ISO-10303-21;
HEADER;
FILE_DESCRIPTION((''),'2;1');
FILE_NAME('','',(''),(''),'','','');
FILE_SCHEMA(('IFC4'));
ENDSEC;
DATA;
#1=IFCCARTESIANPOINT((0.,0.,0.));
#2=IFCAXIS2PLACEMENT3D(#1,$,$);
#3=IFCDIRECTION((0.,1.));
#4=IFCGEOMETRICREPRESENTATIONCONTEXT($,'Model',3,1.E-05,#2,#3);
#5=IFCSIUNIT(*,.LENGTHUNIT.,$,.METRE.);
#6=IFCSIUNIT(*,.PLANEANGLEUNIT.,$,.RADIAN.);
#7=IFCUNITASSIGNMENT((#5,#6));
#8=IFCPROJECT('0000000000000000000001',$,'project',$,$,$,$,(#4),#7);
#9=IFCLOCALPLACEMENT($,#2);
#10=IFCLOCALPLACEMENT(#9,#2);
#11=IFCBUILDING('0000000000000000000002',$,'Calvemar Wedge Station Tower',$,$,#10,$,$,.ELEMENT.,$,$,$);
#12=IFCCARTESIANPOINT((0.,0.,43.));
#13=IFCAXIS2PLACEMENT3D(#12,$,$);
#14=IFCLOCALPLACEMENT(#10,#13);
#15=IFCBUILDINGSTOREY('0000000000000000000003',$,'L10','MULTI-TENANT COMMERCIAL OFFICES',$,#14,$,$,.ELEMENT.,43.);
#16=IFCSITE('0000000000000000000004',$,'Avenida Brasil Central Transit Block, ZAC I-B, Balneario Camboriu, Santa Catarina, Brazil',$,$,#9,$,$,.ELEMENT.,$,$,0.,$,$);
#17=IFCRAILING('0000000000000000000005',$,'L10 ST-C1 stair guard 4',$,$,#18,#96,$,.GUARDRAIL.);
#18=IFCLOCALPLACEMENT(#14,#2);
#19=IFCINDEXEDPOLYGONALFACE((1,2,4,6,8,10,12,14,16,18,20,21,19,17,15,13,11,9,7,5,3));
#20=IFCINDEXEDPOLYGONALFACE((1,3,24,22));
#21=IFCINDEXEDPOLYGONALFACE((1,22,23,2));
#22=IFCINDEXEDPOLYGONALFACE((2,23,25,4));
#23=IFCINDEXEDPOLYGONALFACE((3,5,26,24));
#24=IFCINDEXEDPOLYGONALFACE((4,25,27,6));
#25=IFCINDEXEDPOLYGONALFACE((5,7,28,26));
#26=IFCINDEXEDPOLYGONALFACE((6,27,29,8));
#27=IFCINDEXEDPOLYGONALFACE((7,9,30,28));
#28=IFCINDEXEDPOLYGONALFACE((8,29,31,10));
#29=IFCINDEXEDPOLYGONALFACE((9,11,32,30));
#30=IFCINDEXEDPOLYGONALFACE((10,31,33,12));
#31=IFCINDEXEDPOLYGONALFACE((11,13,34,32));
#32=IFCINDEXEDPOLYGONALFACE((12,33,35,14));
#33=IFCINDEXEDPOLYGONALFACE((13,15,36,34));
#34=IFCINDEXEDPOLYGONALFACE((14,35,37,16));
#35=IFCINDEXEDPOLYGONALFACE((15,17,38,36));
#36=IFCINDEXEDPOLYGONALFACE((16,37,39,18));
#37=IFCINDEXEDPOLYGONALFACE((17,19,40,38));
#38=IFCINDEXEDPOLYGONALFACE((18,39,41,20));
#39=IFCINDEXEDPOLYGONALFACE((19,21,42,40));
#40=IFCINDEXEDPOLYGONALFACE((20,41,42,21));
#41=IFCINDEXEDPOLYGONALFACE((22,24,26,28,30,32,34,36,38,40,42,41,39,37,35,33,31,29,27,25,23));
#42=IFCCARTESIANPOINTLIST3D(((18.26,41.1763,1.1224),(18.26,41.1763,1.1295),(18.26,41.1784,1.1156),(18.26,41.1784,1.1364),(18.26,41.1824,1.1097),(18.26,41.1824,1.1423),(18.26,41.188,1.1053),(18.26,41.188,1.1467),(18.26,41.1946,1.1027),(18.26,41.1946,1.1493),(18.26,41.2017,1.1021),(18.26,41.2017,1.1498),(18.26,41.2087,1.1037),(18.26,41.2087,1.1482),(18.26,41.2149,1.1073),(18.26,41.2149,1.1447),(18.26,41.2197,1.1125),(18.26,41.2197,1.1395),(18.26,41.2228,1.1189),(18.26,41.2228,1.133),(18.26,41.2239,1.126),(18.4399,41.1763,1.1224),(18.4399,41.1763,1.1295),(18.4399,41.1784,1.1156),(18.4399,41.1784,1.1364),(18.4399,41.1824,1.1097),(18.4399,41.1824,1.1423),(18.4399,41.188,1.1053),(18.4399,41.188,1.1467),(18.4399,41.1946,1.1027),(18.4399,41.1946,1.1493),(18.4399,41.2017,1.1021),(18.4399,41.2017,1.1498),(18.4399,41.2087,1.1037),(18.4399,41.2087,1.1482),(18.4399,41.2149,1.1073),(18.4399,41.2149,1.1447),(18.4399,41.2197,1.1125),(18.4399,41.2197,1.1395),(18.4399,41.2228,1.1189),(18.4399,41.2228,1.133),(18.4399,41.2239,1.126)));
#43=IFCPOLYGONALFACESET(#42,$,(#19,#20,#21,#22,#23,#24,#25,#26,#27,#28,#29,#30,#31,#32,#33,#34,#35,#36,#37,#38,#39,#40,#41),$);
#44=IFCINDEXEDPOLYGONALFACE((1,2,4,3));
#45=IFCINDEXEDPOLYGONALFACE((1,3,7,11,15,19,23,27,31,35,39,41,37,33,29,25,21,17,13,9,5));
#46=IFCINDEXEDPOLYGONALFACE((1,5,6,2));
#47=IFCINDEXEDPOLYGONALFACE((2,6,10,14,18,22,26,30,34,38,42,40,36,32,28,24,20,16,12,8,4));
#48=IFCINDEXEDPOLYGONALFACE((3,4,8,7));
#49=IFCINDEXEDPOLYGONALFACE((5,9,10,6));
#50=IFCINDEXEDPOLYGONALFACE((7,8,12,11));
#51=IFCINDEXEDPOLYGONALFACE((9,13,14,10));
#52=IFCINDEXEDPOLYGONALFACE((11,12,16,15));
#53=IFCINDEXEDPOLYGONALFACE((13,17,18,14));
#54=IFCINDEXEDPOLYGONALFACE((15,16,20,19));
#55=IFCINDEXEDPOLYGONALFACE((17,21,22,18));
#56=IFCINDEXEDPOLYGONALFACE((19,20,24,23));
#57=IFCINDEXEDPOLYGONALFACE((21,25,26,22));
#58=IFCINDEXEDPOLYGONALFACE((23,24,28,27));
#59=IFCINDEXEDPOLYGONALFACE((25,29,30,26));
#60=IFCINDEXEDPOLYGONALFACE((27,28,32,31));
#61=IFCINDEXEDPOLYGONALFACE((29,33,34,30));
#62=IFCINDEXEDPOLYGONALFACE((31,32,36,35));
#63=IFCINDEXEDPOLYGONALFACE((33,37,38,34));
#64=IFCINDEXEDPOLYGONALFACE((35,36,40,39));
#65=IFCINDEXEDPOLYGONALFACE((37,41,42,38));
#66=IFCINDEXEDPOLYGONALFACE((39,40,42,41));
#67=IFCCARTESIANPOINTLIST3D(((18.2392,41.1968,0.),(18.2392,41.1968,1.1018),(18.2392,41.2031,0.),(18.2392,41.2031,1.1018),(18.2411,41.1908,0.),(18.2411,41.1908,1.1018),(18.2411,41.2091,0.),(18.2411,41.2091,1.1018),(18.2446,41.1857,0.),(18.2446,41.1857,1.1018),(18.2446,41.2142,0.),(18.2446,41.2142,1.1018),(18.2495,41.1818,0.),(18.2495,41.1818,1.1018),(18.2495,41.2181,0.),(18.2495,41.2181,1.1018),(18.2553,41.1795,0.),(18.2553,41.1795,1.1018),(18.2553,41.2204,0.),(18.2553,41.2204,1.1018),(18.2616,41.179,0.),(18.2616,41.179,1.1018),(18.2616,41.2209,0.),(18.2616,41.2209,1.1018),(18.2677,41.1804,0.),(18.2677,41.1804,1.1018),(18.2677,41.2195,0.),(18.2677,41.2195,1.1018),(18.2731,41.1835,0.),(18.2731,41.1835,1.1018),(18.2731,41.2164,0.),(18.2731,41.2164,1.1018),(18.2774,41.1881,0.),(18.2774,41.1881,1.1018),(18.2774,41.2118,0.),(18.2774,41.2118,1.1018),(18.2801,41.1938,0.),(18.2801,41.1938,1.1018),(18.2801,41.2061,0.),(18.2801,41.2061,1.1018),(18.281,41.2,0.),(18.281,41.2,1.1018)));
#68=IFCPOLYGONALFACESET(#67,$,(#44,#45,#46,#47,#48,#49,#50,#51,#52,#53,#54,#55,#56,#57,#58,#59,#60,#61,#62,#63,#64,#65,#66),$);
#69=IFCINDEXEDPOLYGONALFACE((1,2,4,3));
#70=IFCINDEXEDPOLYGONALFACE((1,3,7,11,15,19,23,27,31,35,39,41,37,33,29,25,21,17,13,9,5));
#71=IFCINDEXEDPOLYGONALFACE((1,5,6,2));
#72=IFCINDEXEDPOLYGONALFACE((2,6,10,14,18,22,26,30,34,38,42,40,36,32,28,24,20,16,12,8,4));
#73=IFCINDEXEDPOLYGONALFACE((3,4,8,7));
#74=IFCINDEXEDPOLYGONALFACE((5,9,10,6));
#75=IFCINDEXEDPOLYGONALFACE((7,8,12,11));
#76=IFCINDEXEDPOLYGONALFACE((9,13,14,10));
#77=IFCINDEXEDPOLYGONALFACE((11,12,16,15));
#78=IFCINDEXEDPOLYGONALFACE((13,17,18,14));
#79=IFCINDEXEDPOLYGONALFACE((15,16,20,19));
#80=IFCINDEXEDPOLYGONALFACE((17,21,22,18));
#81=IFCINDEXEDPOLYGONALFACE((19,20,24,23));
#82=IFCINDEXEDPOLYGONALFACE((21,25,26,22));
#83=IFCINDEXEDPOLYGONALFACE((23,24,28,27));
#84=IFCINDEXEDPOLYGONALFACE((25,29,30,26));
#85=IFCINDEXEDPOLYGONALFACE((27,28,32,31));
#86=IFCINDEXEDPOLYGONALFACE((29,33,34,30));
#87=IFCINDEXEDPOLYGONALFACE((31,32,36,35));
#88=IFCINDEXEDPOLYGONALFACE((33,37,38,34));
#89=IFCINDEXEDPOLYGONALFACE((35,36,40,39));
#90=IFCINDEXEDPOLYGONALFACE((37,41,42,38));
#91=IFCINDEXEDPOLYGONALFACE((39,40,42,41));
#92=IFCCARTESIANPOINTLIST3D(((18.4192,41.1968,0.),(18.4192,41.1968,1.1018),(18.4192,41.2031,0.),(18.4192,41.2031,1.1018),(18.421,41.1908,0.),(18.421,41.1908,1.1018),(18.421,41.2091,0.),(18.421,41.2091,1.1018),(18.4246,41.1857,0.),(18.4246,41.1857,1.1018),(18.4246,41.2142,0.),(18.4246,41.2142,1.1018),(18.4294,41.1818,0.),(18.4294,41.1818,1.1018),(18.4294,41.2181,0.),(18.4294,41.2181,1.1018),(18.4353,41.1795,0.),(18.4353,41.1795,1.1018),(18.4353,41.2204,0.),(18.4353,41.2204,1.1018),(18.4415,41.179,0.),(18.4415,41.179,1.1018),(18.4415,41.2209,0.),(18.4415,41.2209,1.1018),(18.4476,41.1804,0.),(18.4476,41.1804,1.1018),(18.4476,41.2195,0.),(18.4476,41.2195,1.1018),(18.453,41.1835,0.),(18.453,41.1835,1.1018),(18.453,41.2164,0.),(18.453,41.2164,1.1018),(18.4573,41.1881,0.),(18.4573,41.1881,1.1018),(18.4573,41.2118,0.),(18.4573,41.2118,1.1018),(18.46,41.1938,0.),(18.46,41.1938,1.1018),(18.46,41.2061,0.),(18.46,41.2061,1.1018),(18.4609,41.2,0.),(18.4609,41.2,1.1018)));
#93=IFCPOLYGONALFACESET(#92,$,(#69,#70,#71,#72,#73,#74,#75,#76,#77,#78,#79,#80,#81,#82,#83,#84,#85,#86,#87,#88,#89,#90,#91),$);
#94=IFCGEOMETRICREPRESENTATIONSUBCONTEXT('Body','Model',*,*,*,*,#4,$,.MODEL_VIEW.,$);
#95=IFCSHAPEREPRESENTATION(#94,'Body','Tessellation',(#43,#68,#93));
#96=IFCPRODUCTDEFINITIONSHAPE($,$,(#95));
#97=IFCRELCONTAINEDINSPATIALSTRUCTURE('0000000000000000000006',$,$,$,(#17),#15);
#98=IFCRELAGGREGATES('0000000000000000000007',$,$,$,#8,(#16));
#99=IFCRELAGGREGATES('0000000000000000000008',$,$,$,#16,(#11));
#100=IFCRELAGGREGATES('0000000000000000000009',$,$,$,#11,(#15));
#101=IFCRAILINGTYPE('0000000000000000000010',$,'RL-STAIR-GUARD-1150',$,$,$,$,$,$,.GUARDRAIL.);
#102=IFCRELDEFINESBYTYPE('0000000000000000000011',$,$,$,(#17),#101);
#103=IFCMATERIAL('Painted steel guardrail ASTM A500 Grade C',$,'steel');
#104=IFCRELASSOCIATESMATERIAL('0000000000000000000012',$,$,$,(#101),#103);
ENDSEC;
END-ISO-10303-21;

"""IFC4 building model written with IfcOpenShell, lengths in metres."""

from ifc_helpers import new_model, si_unit, direction, frame, origin, origin_2d, place, context, subcontext, project, spatial, circle, extrude, material, type_object, element, save


model = new_model("IFC4")

# Units and contexts
model_context = context("Model", 3, precision=1e-05, world=origin(), true_north=direction((0.0, 1.0)))
body_context = subcontext(model_context, "Body", "Model", "MODEL_VIEW")
ifc_project = project(units=[si_unit("LENGTHUNIT", "METRE"), si_unit("PLANEANGLEUNIT", "RADIAN")], contexts=[model_context])

# Site, building, storey
site_placement = place(None, origin())
site = spatial("IfcSite", under=ifc_project, at=site_placement, Name="Avenida Brasil Central Transit Block, ZAC I-B, Balneario Camboriu, Santa Catarina, Brazil", CompositionType="ELEMENT", RefElevation=0.0)
building_placement = place(site_placement, origin())
building = spatial("IfcBuilding", under=site, at=building_placement, Name="Calvemar Wedge Station Tower", CompositionType="ELEMENT")
storey_placement = place(building_placement, frame((0.0, 0.0, 43.0)))
storey = spatial("IfcBuildingStorey", under=building, at=storey_placement, Name="L10", Description="MULTI-TENANT COMMERCIAL OFFICES", CompositionType="ELEMENT", Elevation=43.0)

# Railing
ifc_material_1 = material(Name="Painted steel guardrail ASTM A500 Grade C", Category="steel")
railing_type = type_object("IfcRailingType", Name="RL-STAIR-GUARD-1150", PredefinedType="GUARDRAIL", material=ifc_material_1)
railing_1_placement = place(storey_placement, frame((18.26, 41.2, 0.0)))
element("IfcRailing", 1, at=railing_1_placement, inside=storey, type_object=railing_type, Name="L10 ST-C1 stair guard 4", PredefinedType="GUARDRAIL", context=body_context, shape_type="SweptSolid", body=[
    extrude(circle(Radius=0.0239, at=origin_2d()), frame((0.0, 0.0, 1.126), z_axis=(1.0, 0.0, 0.0), x_axis=(0.0, 1.0, 0.0)), (0.0, 0.0, 1.0), 0.1799),
    extrude(circle(Radius=0.021, at=origin_2d()), origin(), (0.0, 0.0, 1.0), 1.1018),
    extrude(circle(Radius=0.021, at=origin_2d()), frame((0.1799, 0.0, 0.0)), (0.0, 0.0, 1.0), 1.1018),
])

save(model, "model.ifc")
